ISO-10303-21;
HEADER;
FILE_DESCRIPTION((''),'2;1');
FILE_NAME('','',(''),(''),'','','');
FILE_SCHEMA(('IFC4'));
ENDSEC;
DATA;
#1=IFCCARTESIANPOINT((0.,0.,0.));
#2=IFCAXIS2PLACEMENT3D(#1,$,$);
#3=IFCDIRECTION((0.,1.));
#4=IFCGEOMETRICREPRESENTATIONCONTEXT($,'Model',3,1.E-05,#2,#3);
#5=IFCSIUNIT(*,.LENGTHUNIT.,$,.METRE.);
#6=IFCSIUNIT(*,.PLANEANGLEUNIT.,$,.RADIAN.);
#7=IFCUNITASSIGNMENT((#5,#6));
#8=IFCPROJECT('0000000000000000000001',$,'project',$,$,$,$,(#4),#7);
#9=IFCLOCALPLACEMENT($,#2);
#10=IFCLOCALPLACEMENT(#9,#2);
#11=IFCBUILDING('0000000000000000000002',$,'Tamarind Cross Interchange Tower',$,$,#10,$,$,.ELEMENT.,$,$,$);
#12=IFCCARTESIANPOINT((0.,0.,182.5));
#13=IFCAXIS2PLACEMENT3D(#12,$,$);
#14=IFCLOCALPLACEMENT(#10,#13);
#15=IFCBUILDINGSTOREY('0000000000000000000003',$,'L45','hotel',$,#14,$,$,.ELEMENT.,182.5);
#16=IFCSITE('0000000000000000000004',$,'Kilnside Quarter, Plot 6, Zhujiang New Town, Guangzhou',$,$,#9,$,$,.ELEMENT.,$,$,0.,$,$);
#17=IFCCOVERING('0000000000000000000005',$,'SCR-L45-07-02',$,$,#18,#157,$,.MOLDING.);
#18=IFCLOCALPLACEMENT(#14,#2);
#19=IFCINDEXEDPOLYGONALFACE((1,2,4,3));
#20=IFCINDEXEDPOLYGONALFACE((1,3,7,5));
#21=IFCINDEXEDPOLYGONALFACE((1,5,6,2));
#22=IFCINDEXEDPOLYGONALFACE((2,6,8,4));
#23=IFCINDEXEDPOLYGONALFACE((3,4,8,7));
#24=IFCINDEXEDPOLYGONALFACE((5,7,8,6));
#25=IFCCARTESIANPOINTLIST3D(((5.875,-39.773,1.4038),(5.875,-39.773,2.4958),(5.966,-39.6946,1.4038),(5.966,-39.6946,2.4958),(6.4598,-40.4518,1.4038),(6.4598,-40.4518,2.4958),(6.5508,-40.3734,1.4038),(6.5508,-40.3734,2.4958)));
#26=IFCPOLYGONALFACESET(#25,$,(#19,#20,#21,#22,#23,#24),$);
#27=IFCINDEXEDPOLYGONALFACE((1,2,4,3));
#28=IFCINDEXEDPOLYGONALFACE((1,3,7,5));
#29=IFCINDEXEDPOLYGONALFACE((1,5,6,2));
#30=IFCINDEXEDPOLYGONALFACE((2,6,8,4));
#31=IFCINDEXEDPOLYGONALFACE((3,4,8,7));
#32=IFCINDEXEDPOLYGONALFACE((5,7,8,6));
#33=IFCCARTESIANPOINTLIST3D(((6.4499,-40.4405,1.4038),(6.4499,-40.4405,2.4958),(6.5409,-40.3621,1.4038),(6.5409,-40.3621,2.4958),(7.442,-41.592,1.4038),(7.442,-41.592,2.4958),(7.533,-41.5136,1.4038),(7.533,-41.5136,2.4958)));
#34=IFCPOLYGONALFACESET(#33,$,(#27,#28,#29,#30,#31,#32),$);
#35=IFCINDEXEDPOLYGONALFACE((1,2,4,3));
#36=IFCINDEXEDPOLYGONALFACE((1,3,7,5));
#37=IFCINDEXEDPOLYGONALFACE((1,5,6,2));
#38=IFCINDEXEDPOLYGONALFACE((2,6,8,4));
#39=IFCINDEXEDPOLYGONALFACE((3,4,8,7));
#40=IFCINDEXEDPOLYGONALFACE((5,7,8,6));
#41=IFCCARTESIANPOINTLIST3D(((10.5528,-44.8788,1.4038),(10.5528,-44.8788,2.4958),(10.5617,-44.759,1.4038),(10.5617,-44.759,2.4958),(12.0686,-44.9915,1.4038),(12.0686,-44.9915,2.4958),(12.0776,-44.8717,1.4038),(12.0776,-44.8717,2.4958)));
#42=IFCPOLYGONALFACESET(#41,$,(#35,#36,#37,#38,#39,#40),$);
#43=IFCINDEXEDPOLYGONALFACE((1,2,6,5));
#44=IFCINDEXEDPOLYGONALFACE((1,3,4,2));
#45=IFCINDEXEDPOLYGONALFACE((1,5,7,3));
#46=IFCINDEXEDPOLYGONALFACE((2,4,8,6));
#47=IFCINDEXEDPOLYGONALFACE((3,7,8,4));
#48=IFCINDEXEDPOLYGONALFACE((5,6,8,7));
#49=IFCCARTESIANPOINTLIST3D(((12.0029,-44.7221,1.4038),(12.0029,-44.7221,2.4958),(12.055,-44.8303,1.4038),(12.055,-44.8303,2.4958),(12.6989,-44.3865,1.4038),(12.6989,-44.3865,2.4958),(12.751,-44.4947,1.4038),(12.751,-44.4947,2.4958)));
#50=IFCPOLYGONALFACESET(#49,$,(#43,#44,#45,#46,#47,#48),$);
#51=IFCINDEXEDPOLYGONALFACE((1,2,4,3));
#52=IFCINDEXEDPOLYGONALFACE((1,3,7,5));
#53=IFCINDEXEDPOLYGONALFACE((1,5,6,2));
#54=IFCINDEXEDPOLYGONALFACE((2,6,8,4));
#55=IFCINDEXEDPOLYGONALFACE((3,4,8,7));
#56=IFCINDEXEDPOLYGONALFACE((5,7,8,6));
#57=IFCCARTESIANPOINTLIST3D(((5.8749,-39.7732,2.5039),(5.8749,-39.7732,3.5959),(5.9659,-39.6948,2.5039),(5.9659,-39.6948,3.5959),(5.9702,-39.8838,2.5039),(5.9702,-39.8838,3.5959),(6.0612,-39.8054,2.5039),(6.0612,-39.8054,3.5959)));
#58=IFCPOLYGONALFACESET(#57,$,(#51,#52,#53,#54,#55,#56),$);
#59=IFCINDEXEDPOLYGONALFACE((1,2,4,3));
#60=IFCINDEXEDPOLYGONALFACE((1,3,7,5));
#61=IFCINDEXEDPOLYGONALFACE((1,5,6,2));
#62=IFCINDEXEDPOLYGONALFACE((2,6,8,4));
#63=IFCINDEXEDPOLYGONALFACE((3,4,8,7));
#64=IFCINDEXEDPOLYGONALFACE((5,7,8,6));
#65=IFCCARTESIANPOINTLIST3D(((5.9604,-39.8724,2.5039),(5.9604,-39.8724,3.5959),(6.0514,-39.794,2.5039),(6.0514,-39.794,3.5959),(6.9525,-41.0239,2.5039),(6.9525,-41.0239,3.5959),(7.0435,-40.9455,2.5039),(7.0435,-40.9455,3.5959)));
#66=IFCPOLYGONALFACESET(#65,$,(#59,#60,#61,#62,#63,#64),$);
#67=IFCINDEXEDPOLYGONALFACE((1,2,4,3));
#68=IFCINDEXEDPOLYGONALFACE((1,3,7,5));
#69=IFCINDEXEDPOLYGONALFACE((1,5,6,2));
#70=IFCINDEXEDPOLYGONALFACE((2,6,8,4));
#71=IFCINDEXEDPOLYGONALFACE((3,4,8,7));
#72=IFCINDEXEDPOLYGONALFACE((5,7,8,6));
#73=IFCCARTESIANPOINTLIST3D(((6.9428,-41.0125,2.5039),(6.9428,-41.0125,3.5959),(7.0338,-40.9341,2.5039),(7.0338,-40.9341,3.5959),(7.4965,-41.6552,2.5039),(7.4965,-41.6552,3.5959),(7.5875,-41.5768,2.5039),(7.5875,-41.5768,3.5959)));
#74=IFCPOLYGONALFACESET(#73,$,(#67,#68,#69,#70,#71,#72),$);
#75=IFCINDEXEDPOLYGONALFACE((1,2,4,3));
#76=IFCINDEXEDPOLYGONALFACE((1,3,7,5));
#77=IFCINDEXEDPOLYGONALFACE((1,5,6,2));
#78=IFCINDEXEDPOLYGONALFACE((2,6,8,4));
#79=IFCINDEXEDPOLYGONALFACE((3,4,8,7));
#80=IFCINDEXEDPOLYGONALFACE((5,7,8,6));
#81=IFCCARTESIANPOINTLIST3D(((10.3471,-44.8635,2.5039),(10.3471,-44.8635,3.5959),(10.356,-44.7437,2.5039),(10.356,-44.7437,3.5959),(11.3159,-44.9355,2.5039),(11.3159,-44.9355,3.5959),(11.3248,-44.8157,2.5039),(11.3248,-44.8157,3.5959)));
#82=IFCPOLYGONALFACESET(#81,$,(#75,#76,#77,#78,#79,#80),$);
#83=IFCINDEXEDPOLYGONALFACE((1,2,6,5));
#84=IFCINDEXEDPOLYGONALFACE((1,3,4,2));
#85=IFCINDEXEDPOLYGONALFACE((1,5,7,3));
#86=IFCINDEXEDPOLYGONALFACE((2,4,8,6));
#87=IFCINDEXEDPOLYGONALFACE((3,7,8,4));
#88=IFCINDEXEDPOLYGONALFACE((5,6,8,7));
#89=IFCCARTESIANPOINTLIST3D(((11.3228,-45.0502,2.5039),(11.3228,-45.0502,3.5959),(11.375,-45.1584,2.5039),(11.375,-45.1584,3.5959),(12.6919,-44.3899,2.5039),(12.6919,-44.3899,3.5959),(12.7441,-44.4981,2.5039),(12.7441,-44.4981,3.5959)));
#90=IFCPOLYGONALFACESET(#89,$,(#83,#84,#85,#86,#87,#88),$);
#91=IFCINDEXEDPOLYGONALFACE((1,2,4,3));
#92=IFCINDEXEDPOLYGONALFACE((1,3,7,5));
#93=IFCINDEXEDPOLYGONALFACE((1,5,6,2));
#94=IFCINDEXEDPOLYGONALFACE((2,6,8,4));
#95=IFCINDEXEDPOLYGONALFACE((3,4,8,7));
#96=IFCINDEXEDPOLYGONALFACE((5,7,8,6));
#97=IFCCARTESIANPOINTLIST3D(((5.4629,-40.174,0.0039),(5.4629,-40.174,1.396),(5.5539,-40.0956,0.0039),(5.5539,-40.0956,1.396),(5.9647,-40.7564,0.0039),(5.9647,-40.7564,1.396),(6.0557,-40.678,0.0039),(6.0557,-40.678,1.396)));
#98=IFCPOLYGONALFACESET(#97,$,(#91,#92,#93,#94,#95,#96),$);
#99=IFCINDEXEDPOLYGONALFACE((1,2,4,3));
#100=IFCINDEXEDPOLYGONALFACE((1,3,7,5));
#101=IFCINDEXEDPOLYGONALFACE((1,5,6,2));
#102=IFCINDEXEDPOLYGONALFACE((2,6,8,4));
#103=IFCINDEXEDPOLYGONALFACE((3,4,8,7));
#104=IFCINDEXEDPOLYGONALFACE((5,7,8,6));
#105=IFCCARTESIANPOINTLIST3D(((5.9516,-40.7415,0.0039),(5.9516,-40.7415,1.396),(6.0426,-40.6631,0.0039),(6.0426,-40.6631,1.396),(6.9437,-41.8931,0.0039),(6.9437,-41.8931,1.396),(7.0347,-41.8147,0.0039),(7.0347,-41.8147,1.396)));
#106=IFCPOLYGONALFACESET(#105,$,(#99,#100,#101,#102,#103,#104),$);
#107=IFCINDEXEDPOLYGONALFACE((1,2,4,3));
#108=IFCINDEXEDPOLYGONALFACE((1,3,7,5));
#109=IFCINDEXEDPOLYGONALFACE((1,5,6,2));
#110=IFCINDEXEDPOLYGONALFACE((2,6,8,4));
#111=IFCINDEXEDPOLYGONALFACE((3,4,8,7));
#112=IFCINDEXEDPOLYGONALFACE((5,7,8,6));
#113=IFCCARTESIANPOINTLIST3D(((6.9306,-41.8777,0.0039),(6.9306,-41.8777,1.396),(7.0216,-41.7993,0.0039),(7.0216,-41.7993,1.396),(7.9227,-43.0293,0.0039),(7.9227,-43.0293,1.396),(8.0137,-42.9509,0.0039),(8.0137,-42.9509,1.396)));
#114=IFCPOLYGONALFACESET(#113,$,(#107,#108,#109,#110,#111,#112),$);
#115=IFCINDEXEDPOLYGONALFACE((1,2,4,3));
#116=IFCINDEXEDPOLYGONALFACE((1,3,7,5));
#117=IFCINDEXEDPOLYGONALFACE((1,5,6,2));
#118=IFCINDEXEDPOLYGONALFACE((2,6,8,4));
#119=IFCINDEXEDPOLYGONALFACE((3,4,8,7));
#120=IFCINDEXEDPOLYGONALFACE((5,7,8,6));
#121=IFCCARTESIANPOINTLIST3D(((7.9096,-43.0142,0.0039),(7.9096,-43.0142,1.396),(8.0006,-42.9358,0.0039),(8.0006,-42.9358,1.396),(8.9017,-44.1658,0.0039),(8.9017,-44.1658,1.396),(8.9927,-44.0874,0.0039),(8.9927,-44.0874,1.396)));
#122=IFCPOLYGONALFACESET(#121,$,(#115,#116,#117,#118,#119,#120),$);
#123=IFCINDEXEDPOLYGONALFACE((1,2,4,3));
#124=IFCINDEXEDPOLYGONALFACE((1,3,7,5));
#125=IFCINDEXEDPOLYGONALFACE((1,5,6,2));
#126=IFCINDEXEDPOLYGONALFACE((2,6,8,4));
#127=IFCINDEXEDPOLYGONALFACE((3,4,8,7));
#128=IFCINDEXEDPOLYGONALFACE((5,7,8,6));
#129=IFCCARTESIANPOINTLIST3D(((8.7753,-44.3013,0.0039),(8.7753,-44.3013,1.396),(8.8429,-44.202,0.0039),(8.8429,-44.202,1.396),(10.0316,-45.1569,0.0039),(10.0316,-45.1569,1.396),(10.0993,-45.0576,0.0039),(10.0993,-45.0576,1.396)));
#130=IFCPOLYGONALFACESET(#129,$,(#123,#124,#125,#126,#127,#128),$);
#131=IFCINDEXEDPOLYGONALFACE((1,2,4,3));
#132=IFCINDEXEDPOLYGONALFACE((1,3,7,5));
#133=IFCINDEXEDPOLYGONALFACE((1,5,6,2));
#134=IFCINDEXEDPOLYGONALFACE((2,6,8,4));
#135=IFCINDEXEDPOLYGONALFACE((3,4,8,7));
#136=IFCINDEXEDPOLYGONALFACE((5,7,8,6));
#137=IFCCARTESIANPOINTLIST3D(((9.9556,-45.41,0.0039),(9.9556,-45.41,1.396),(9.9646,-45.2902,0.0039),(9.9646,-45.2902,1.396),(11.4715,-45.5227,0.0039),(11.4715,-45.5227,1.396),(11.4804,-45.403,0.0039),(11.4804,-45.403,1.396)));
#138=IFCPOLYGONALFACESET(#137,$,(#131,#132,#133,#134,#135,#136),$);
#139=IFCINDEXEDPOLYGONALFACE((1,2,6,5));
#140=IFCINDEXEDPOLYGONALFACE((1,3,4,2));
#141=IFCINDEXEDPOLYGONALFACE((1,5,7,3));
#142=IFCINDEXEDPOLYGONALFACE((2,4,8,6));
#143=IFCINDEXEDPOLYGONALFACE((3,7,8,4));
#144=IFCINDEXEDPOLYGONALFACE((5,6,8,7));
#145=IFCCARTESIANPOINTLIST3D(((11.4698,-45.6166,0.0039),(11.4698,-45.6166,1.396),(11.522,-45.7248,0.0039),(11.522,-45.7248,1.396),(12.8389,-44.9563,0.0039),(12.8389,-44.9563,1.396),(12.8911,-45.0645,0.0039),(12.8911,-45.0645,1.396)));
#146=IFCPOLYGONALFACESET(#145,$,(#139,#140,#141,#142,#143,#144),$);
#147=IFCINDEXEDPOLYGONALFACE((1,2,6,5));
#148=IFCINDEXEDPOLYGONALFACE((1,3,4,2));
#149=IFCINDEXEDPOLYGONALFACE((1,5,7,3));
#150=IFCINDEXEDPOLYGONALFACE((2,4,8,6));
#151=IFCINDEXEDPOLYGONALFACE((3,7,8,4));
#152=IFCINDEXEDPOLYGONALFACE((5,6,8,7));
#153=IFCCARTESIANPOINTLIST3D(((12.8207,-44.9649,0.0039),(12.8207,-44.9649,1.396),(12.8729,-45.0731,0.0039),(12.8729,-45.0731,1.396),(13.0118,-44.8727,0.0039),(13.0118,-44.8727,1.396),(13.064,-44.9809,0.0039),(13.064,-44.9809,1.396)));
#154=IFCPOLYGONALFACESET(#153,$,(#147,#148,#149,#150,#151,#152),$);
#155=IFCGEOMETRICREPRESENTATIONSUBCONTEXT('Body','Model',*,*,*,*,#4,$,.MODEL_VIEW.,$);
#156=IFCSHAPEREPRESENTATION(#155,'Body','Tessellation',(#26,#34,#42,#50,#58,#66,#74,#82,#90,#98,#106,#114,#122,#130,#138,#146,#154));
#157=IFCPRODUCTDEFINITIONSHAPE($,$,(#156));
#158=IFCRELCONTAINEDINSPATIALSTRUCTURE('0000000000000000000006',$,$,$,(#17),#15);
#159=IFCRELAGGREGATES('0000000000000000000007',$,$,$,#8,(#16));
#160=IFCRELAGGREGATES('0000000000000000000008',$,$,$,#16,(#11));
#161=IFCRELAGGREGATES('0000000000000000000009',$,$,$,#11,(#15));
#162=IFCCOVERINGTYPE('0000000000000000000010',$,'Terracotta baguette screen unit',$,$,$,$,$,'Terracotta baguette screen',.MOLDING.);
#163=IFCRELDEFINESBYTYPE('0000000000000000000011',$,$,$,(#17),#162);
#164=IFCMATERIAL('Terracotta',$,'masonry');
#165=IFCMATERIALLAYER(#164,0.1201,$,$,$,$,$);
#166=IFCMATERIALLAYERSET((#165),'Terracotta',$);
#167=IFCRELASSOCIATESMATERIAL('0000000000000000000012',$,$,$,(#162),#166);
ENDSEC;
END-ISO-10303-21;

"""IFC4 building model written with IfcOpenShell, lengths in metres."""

from ifc_helpers import new_model, si_unit, direction, frame, origin, origin_2d, place, context, subcontext, project, spatial, rectangle, extrude, material, layer, layer_set, type_object, element, save


model = new_model("IFC4")

# Units and contexts
model_context = context("Model", 3, precision=1e-05, world=origin(), true_north=direction((0.0, 1.0)))
body_context = subcontext(model_context, "Body", "Model", "MODEL_VIEW")
ifc_project = project(units=[si_unit("LENGTHUNIT", "METRE"), si_unit("PLANEANGLEUNIT", "RADIAN")], contexts=[model_context])

# Site, building, storey
site_placement = place(None, origin())
site = spatial("IfcSite", under=ifc_project, at=site_placement, Name="Kilnside Quarter, Plot 6, Zhujiang New Town, Guangzhou", CompositionType="ELEMENT", RefElevation=0.0)
building_placement = place(site_placement, origin())
building = spatial("IfcBuilding", under=site, at=building_placement, Name="Tamarind Cross Interchange Tower", CompositionType="ELEMENT")
storey_placement = place(building_placement, frame((0.0, 0.0, 182.5)))
storey = spatial("IfcBuildingStorey", under=building, at=storey_placement, Name="L45", Description="hotel", CompositionType="ELEMENT", Elevation=182.5)

# Covering
ifc_material_1 = material(Name="Terracotta", Category="masonry")
ifc_layer_1 = layer(ifc_material_1, 0.1201)
ifc_layer_set_1 = layer_set([ifc_layer_1], Name="Terracotta")
covering_type = type_object("IfcCoveringType", Name="Terracotta baguette screen unit", ElementType="Terracotta baguette screen", PredefinedType="MOLDING", material=ifc_layer_set_1)
covering_1_placement = place(storey_placement, origin())
element("IfcCovering", 1, at=covering_1_placement, inside=storey, type_object=covering_type, Name="SCR-L45-07-02", PredefinedType="MOLDING", context=body_context, shape_type="SweptSolid", body=[
    extrude(rectangle(XDim=0.896, YDim=0.1201, at=origin_2d()), frame((6.2129, -40.0732, 1.4038), z_axis=(0.0, 0.0, 1.0), x_axis=(0.652723, -0.757597, 0.0)), (0.0, 0.0, 1.0), 1.092),
    extrude(rectangle(XDim=1.52, YDim=0.1201, at=origin_2d()), frame((6.9915, -40.9771, 1.4038), z_axis=(0.0, 0.0, 1.0), x_axis=(0.652723, -0.757597, 0.0)), (0.0, 0.0, 1.0), 1.092),
    extrude(rectangle(XDim=1.52, YDim=0.1201, at=origin_2d()), frame((11.3152, -44.8752, 1.4038), z_axis=(0.0, 0.0, 1.0), x_axis=(0.997247, -0.074157, 0.0)), (0.0, 0.0, 1.0), 1.092),
    extrude(rectangle(XDim=0.7727, YDim=0.1201, at=origin_2d()), frame((12.377, -44.6084, 1.4038), z_axis=(0.0, 0.0, 1.0), x_axis=(0.900719, 0.434401, 0.0)), (0.0, 0.0, 1.0), 1.092),
    extrude(rectangle(XDim=0.146, YDim=0.1201, at=origin_2d()), frame((5.968, -39.7893, 2.5039), z_axis=(0.0, 0.0, 1.0), x_axis=(0.652723, -0.757597, 0.0)), (0.0, 0.0, 1.0), 1.092),
    extrude(rectangle(XDim=1.52, YDim=0.1201, at=origin_2d()), frame((6.502, -40.4089, 2.5039), z_axis=(0.0, 0.0, 1.0), x_axis=(0.652723, -0.757597, 0.0)), (0.0, 0.0, 1.0), 1.092),
    extrude(rectangle(XDim=0.8484, YDim=0.1201, at=origin_2d()), frame((7.2651, -41.2947, 2.5039), z_axis=(0.0, 0.0, 1.0), x_axis=(0.652723, -0.757597, 0.0)), (0.0, 0.0, 1.0), 1.092),
    extrude(rectangle(XDim=0.9714, YDim=0.1201, at=origin_2d()), frame((10.8359, -44.8396, 2.5039), z_axis=(0.0, 0.0, 1.0), x_axis=(0.997247, -0.074157, 0.0)), (0.0, 0.0, 1.0), 1.092),
    extrude(rectangle(XDim=1.52, YDim=0.1201, at=origin_2d()), frame((12.0334, -44.7742, 2.5039), z_axis=(0.0, 0.0, 1.0), x_axis=(0.900719, 0.434401, 0.0)), (0.0, 0.0, 1.0), 1.092),
    extrude(rectangle(XDim=0.7688, YDim=0.1201, at=origin_2d()), frame((5.7593, -40.426, 0.0039), z_axis=(0.0, 0.0, 1.0), x_axis=(0.652723, -0.757597, 0.0)), (0.0, 0.0, 1.0), 1.3921),
    extrude(rectangle(XDim=1.52, YDim=0.1201, at=origin_2d()), frame((6.4932, -41.2781, 0.0039), z_axis=(0.0, 0.0, 1.0), x_axis=(0.652723, -0.757597, 0.0)), (0.0, 0.0, 1.0), 1.3921),
    extrude(rectangle(XDim=1.52, YDim=0.1201, at=origin_2d()), frame((7.4722, -42.4143, 0.0039), z_axis=(0.0, 0.0, 1.0), x_axis=(0.652723, -0.757597, 0.0)), (0.0, 0.0, 1.0), 1.3921),
    extrude(rectangle(XDim=1.52, YDim=0.1201, at=origin_2d()), frame((8.4512, -43.5508, 0.0039), z_axis=(0.0, 0.0, 1.0), x_axis=(0.652723, -0.757597, 0.0)), (0.0, 0.0, 1.0), 1.3921),
    extrude(rectangle(XDim=1.52, YDim=0.1201, at=origin_2d()), frame((9.4373, -44.6794, 0.0039), z_axis=(0.0, 0.0, 1.0), x_axis=(0.826562, -0.562845, 0.0)), (0.0, 0.0, 1.0), 1.3921),
    extrude(rectangle(XDim=1.52, YDim=0.1201, at=origin_2d()), frame((10.718, -45.4065, 0.0039), z_axis=(0.0, 0.0, 1.0), x_axis=(0.997247, -0.074157, 0.0)), (0.0, 0.0, 1.0), 1.3921),
    extrude(rectangle(XDim=1.52, YDim=0.1201, at=origin_2d()), frame((12.1804, -45.3406, 0.0039), z_axis=(0.0, 0.0, 1.0), x_axis=(0.900719, 0.434401, 0.0)), (0.0, 0.0, 1.0), 1.3921),
    extrude(rectangle(XDim=0.2122, YDim=0.1201, at=origin_2d()), frame((12.9424, -44.9729, 0.0039), z_axis=(0.0, 0.0, 1.0), x_axis=(0.900719, 0.434401, 0.0)), (0.0, 0.0, 1.0), 1.3921),
])

save(model, "model.ifc")
